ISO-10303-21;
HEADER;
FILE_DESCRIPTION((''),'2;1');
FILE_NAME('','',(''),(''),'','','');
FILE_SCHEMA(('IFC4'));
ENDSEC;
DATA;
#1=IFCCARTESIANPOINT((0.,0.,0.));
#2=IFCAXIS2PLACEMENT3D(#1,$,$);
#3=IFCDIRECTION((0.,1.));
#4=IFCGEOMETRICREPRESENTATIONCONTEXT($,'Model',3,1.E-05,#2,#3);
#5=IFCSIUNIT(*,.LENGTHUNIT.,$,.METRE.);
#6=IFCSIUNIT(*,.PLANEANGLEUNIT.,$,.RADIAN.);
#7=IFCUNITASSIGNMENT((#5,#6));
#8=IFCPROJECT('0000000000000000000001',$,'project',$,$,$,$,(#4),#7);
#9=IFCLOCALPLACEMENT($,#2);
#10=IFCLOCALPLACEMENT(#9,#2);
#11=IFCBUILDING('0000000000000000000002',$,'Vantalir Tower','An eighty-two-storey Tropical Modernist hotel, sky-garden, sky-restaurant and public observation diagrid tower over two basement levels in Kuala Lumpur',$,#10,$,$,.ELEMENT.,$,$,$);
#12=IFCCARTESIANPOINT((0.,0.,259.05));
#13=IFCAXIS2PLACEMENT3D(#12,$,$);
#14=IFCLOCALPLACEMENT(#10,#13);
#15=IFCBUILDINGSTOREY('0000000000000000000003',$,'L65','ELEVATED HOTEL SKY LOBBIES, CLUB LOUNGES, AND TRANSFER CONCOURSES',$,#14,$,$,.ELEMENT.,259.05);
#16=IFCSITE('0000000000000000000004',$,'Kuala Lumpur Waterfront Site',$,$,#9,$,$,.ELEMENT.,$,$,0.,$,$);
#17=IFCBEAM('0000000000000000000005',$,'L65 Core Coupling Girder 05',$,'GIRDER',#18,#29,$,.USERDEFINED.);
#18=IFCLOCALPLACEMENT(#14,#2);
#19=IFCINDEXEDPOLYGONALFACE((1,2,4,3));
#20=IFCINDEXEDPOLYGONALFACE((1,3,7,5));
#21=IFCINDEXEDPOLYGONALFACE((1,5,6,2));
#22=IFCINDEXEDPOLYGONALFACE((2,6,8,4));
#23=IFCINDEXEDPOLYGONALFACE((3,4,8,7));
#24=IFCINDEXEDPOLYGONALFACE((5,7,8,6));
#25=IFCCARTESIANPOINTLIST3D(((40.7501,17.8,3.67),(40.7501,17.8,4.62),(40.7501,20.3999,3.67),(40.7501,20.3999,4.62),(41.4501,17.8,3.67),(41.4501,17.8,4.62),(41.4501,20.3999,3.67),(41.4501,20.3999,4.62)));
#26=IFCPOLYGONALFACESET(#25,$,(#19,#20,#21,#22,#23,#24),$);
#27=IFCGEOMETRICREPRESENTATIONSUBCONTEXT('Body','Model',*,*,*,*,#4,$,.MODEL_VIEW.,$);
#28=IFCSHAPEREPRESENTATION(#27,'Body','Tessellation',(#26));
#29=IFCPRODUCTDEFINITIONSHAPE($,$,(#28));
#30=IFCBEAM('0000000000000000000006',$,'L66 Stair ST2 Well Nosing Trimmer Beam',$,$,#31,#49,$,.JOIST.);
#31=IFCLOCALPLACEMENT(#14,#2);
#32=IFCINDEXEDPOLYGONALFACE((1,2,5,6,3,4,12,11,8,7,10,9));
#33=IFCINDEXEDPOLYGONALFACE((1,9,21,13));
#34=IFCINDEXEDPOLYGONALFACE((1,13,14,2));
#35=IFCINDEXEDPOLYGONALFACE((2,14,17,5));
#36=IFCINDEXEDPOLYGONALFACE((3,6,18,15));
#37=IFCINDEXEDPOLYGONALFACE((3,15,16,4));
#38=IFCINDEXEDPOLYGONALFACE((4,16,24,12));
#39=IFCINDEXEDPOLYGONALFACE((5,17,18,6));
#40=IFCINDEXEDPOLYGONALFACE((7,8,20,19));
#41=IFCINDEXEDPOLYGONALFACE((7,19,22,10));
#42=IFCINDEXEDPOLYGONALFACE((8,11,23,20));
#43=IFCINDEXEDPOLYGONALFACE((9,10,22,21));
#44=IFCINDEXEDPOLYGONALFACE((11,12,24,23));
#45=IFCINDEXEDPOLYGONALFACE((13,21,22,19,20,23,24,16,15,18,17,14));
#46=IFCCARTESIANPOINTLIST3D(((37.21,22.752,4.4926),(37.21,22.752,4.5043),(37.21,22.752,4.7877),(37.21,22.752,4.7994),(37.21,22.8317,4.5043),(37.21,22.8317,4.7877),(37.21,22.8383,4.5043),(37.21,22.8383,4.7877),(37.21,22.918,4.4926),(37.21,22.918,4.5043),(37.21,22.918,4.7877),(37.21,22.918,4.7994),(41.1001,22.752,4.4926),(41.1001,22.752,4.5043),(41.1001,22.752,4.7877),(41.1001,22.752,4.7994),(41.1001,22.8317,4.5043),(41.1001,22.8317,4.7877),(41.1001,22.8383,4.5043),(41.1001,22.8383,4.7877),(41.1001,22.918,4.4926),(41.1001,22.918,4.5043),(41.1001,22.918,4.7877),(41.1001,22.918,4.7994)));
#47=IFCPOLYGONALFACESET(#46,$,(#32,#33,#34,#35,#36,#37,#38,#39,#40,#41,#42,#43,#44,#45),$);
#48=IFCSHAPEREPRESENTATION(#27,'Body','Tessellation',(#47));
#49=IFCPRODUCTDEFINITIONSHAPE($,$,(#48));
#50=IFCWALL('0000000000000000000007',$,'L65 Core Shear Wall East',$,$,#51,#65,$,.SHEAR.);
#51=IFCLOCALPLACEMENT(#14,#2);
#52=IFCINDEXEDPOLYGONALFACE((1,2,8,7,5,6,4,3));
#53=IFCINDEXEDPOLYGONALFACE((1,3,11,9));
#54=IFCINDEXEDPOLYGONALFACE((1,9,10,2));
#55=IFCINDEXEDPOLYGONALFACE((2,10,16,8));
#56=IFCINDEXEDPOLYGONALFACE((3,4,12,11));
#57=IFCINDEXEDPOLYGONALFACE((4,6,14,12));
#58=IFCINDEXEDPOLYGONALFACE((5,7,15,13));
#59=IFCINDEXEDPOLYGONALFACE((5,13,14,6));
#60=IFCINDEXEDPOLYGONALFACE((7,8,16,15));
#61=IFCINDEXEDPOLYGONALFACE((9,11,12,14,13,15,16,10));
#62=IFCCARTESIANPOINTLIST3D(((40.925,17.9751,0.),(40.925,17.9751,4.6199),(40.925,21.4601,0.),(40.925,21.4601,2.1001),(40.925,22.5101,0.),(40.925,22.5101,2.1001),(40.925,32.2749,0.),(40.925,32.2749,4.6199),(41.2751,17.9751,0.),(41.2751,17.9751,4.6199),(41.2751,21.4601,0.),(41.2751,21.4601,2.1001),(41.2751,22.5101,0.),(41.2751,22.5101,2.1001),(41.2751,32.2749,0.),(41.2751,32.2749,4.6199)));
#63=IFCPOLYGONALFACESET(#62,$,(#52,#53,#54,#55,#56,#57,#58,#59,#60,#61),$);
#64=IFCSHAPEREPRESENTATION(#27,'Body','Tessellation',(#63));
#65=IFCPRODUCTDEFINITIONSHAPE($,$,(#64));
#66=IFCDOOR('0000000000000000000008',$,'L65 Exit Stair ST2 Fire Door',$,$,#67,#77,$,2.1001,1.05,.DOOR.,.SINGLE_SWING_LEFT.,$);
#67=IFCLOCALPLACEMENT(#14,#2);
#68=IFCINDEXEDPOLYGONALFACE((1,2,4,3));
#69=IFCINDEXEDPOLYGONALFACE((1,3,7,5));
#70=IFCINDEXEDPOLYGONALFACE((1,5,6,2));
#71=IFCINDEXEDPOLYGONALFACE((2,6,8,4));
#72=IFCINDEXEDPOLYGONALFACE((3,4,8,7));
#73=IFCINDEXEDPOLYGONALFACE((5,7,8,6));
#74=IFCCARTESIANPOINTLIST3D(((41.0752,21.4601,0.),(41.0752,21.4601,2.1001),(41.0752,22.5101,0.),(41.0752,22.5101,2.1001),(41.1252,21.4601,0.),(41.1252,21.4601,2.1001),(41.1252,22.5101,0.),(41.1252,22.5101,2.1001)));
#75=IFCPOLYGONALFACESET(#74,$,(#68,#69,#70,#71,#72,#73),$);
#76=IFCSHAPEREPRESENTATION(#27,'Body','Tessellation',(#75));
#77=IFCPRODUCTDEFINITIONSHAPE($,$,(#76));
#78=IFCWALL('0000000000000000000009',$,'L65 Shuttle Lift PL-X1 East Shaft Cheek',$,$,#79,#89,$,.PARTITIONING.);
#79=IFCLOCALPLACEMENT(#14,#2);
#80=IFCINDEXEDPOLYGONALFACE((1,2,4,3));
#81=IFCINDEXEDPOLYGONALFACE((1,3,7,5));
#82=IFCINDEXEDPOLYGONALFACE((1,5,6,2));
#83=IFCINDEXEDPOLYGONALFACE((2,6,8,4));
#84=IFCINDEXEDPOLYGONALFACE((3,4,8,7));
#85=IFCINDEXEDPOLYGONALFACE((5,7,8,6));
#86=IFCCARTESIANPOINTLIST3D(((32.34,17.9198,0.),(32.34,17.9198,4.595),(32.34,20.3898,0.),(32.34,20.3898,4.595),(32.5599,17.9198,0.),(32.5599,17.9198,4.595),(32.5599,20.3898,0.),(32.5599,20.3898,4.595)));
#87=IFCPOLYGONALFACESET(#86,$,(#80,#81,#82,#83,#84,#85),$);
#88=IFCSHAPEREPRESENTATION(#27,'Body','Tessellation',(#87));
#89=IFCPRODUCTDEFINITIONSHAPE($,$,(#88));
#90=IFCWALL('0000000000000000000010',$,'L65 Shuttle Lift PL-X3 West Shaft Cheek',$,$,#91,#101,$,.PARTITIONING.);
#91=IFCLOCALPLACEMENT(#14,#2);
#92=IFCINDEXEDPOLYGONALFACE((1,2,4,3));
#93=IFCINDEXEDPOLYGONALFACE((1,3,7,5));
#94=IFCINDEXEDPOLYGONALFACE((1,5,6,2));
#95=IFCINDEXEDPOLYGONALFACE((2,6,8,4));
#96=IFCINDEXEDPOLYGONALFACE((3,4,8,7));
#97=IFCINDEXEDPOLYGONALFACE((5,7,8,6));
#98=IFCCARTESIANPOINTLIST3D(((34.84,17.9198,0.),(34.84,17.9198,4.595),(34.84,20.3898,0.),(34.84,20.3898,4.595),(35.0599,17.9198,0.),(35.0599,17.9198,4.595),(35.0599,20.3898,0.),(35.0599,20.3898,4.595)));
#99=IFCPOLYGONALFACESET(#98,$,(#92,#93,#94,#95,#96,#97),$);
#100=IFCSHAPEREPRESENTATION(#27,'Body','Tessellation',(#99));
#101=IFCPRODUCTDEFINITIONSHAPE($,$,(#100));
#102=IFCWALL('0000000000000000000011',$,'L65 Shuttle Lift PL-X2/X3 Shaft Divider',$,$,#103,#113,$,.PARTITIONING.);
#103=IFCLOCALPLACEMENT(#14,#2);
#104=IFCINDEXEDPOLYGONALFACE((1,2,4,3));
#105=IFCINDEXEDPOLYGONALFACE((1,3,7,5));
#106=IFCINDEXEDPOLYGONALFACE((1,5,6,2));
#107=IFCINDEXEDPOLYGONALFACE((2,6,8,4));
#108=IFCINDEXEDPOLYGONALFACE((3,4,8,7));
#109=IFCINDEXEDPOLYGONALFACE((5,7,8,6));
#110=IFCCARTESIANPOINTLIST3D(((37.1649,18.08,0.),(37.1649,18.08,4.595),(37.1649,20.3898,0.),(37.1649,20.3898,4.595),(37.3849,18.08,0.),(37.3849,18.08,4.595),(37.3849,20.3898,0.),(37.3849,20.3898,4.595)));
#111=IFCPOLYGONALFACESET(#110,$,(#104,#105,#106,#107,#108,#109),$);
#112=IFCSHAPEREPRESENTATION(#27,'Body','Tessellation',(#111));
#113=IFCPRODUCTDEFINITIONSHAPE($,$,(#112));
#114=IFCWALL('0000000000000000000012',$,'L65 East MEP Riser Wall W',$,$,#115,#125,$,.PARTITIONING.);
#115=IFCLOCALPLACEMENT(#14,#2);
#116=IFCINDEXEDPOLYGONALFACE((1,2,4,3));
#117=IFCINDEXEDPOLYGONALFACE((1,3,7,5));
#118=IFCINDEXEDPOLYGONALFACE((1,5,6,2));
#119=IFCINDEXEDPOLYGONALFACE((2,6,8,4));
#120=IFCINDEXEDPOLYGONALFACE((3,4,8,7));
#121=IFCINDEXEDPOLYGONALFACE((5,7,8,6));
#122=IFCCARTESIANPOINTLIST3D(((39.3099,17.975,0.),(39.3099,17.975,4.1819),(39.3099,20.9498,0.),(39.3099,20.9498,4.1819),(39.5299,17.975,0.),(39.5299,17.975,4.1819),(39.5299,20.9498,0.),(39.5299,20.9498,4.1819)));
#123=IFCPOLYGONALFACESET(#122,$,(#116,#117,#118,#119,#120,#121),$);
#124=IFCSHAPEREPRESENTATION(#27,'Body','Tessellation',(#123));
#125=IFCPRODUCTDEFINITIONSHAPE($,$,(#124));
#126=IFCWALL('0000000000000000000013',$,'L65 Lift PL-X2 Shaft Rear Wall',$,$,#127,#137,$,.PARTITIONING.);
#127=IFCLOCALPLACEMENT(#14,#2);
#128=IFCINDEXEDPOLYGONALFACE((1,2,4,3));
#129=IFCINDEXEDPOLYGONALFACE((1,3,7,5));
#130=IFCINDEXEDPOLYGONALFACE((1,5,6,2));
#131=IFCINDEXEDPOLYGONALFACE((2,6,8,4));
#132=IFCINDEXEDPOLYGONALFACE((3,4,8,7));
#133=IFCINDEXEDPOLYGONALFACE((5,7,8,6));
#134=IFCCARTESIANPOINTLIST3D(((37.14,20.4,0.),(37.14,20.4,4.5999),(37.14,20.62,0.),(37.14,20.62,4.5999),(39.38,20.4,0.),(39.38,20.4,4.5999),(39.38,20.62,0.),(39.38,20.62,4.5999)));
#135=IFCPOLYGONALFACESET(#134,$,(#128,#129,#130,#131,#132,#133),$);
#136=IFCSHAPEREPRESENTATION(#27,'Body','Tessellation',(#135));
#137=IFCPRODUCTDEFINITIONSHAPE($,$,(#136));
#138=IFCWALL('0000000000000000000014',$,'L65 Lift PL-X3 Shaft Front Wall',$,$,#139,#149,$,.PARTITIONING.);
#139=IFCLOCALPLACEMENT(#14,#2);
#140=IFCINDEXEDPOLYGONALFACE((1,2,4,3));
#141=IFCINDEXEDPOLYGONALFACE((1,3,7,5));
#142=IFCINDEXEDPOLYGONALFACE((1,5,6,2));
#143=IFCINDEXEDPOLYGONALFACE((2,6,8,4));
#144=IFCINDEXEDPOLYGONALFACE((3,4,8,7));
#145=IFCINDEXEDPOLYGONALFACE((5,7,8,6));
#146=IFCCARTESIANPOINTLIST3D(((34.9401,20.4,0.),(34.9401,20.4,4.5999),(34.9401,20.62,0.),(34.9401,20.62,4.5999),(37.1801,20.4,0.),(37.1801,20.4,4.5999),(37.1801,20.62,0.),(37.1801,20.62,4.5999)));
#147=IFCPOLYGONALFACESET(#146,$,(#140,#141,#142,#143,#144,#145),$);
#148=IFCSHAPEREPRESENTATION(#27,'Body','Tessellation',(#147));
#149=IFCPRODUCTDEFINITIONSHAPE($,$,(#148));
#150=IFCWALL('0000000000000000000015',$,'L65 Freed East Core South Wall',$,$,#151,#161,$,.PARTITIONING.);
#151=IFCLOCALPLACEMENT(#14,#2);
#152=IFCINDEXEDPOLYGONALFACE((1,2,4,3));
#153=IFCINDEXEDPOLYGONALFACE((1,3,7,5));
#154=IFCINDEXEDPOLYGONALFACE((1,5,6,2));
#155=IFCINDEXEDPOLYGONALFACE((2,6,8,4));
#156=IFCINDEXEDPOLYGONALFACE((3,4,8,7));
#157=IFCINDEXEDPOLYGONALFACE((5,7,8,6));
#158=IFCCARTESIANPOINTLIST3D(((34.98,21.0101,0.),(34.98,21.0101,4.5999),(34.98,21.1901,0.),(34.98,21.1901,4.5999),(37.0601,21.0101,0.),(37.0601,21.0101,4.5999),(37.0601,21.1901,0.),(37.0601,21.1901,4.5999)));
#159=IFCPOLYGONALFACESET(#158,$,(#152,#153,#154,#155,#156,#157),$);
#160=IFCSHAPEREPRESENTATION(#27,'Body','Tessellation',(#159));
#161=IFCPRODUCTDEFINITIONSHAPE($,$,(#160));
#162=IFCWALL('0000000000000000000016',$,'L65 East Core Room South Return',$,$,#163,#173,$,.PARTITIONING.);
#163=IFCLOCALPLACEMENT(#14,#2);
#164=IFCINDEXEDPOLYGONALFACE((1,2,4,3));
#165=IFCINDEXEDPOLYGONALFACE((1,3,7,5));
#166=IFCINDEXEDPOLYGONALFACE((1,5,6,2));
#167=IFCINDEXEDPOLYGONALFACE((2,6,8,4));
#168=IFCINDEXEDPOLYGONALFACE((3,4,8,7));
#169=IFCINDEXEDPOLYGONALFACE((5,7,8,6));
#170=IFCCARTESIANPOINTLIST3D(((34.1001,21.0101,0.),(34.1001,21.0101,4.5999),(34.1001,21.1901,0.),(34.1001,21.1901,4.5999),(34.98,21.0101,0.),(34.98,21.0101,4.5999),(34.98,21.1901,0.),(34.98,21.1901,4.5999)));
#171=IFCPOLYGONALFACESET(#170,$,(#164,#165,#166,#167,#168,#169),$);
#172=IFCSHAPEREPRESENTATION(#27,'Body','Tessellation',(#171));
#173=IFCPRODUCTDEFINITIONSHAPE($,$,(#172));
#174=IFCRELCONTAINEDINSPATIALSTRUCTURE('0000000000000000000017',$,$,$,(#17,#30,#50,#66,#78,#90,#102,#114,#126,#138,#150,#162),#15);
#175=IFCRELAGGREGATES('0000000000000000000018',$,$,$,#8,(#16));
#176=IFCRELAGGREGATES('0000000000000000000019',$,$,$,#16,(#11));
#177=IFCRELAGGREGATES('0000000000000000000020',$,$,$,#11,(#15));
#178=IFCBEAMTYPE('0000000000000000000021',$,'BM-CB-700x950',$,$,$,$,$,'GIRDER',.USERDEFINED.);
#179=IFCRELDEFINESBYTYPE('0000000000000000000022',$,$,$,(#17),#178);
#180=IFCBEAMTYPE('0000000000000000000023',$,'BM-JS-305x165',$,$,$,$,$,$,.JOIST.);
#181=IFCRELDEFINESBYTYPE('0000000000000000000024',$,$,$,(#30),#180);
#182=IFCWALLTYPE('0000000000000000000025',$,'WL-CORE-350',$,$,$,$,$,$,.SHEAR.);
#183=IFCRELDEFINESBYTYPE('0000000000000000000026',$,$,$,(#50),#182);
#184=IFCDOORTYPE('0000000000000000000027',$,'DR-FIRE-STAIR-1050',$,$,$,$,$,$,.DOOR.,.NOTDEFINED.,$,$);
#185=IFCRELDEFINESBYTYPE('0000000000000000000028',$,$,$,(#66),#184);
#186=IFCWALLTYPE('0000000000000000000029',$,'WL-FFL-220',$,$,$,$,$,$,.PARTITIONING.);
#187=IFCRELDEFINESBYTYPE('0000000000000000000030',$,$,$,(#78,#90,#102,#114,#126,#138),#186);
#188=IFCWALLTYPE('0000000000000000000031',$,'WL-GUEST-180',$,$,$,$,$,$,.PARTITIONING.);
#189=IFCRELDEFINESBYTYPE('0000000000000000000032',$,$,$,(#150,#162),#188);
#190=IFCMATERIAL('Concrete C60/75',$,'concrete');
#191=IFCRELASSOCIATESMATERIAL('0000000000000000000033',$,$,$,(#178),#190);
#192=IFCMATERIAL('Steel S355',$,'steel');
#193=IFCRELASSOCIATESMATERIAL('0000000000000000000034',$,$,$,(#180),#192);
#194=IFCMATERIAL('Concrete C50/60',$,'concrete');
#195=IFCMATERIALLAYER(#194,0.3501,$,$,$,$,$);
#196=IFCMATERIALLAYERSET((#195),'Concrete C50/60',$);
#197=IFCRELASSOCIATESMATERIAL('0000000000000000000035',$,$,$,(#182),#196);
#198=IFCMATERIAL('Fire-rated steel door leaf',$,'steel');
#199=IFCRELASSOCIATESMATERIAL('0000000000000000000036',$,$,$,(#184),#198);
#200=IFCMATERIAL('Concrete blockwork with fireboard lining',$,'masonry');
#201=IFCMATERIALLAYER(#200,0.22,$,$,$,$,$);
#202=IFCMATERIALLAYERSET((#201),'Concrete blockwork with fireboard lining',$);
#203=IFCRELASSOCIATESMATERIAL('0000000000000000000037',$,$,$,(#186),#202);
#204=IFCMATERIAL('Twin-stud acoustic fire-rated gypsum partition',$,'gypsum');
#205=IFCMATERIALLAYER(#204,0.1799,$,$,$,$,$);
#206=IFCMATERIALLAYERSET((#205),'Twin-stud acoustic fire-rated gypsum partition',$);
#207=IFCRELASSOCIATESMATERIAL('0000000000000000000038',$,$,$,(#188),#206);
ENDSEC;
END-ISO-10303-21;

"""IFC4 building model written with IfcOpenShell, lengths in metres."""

from ifc_helpers import new_model, si_unit, direction, frame, frame_2d, origin, origin_2d, place, context, subcontext, project, spatial, rectangle, i_section, extrude, material, layer, layer_set, material_profile, profile_set, type_object, element, fill, save


model = new_model("IFC4")

# Units and contexts
model_context = context("Model", 3, precision=1e-05, world=origin(), true_north=direction((0.0, 1.0)))
body_context = subcontext(model_context, "Body", "Model", "MODEL_VIEW")
ifc_project = project(units=[si_unit("LENGTHUNIT", "METRE"), si_unit("PLANEANGLEUNIT", "RADIAN")], contexts=[model_context])

# Site, building, storey
site_placement = place(None, origin())
site = spatial("IfcSite", under=ifc_project, at=site_placement, Name="Kuala Lumpur Waterfront Site", CompositionType="ELEMENT", RefElevation=0.0)
building_placement = place(site_placement, origin())
building = spatial("IfcBuilding", under=site, at=building_placement, Name="Vantalir Tower", Description="An eighty-two-storey Tropical Modernist hotel, sky-garden, sky-restaurant and public observation diagrid tower over two basement levels in Kuala Lumpur", CompositionType="ELEMENT")
storey_placement = place(building_placement, frame((0.0, 0.0, 259.05)))
storey = spatial("IfcBuildingStorey", under=building, at=storey_placement, Name="L65", Description="ELEVATED HOTEL SKY LOBBIES, CLUB LOUNGES, AND TRANSFER CONCOURSES", CompositionType="ELEMENT", Elevation=259.05)

# Beams
ifc_material_1 = material(Name="Concrete C60/75", Category="concrete")
ifc_material_profile_1 = material_profile(ifc_material_1, rectangle(XDim=0.7, YDim=0.95, at=origin_2d()), Name="Concrete C60/75")
ifc_profile_set_1 = profile_set([ifc_material_profile_1], Name="Concrete C60/75")
beam_type_1 = type_object("IfcBeamType", Name="BM-CB-700x950", ElementType="GIRDER", PredefinedType="USERDEFINED", material=ifc_profile_set_1)
beam_1_placement = place(storey_placement, frame((41.1001, 17.8, 4.145), z_axis=(0.0, 1.0, 0.0), x_axis=(-1.0, 0.0, 0.0)))
element("IfcBeam", 1, at=beam_1_placement, inside=storey, type_object=beam_type_1, Name="L65 Core Coupling Girder 05", ObjectType="GIRDER", PredefinedType="USERDEFINED", context=body_context, shape_type="SweptSolid", body=[
    extrude(rectangle(XDim=0.7, YDim=0.95, at=origin_2d()), origin(), (0.0, 0.0, 1.0), 2.5999),
])
ifc_material_2 = material(Name="Steel S355", Category="steel")
ifc_material_profile_2 = material_profile(ifc_material_2, i_section(OverallWidth=0.166, OverallDepth=0.3069, WebThickness=0.0066, FlangeThickness=0.0117, at=origin_2d()), Name="Steel S355")
ifc_profile_set_2 = profile_set([ifc_material_profile_2], Name="Steel S355")
beam_type_2 = type_object("IfcBeamType", Name="BM-JS-305x165", PredefinedType="JOIST", material=ifc_profile_set_2)
beam_2_placement = place(storey_placement, frame((37.21, 22.835, 4.646), z_axis=(1.0, 0.0, 0.0), x_axis=(0.0, 1.0, 0.0)))
element("IfcBeam", 2, at=beam_2_placement, inside=storey, type_object=beam_type_2, Name="L66 Stair ST2 Well Nosing Trimmer Beam", PredefinedType="JOIST", context=body_context, shape_type="SweptSolid", body=[
    extrude(i_section(OverallWidth=0.166, OverallDepth=0.3069, WebThickness=0.0066, FlangeThickness=0.0117, at=origin_2d()), origin(), (0.0, 0.0, 1.0), 3.8901),
])

# Wall, opening, door
ifc_material_3 = material(Name="Concrete C50/60", Category="concrete")
ifc_layer_1 = layer(ifc_material_3, 0.3501)
ifc_layer_set_1 = layer_set([ifc_layer_1], Name="Concrete C50/60")
wall_type_1 = type_object("IfcWallType", Name="WL-CORE-350", PredefinedType="SHEAR", material=ifc_layer_set_1)
wall_1_placement = place(storey_placement, frame((41.1001, 17.9751, 0.0), z_axis=(0.0, 0.0, 1.0), x_axis=(0.0, 1.0, 0.0)))
wall_1 = element("IfcWall", 3, at=wall_1_placement, inside=storey, type_object=wall_type_1, Name="L65 Core Shear Wall East", PredefinedType="SHEAR", context=body_context, shape_type="SweptSolid", body=[
    extrude(rectangle(XDim=14.2998, YDim=0.3501, at=frame_2d((7.1499, 0.0))), origin(), (0.0, 0.0, 1.0), 4.6199),
])
opening_1_placement = place(wall_1_placement, frame((3.4851, 0.0, 0.0)))
opening_1 = element("IfcOpeningElement", 4, at=opening_1_placement, cuts=wall_1, PredefinedType="OPENING", context=body_context, shape_type="SweptSolid", body=[
    extrude(rectangle(XDim=1.05, YDim=2.1001, at=frame_2d((0.5249, 1.05))), frame((0.0, 0.1851, 0.0), z_axis=(0.0, -1.0, 0.0), x_axis=(1.0, 0.0, 0.0)), (0.0, 0.0, 1.0), 0.3701),
])
ifc_material_4 = material(Name="Fire-rated steel door leaf", Category="steel")
door_type_1 = type_object("IfcDoorType", Name="DR-FIRE-STAIR-1050", OperationType="NOTDEFINED", PredefinedType="DOOR", material=ifc_material_4)
door_1_placement = place(opening_1_placement, origin())
door_1 = element("IfcDoor", 5, at=door_1_placement, inside=storey, type_object=door_type_1, Name="L65 Exit Stair ST2 Fire Door", OperationType="SINGLE_SWING_LEFT", OverallHeight=2.1001, OverallWidth=1.05, PredefinedType="DOOR", context=body_context, shape_type="SweptSolid", body=[
    extrude(rectangle(XDim=1.05, YDim=2.1001, at=frame_2d((0.5249, 1.05))), frame((0.0, 0.0249, 0.0), z_axis=(0.0, -1.0, 0.0), x_axis=(1.0, 0.0, 0.0)), (0.0, 0.0, 1.0), 0.05),
])
fill(opening_1, door_1)

# Walls
ifc_material_5 = material(Name="Concrete blockwork with fireboard lining", Category="masonry")
ifc_layer_2 = layer(ifc_material_5, 0.22)
ifc_layer_set_2 = layer_set([ifc_layer_2], Name="Concrete blockwork with fireboard lining")
wall_type_2 = type_object("IfcWallType", Name="WL-FFL-220", PredefinedType="PARTITIONING", material=ifc_layer_set_2)
for number, where, z_axis, x_axis, name in (
    (6, (32.45, 17.9199, 0.0), (0.0, 0.0, 1.0), (0.0, 1.0, 0.0), "L65 Shuttle Lift PL-X1 East Shaft Cheek"),
    (7, (34.95, 17.9199, 0.0), (0.0, 0.0, 1.0), (0.0, 1.0, 0.0), "L65 Shuttle Lift PL-X3 West Shaft Cheek"),
):
    element("IfcWall", number, at=place(storey_placement, frame(where, z_axis=z_axis, x_axis=x_axis)), inside=storey, type_object=wall_type_2, Name=name, PredefinedType="PARTITIONING", context=body_context, shape_type="SweptSolid", body=[
        extrude(rectangle(XDim=2.47, YDim=0.22, at=frame_2d((1.2349, 0.0))), origin(), (0.0, 0.0, 1.0), 4.595),
    ])
wall_2_placement = place(storey_placement, frame((37.2749, 18.0801, 0.0), z_axis=(0.0, 0.0, 1.0), x_axis=(0.0, 1.0, 0.0)))
element("IfcWall", 8, at=wall_2_placement, inside=storey, type_object=wall_type_2, Name="L65 Shuttle Lift PL-X2/X3 Shaft Divider", PredefinedType="PARTITIONING", context=body_context, shape_type="SweptSolid", body=[
    extrude(rectangle(XDim=2.3098, YDim=0.22, at=frame_2d((1.1548, 0.0))), origin(), (0.0, 0.0, 1.0), 4.595),
])
wall_3_placement = place(storey_placement, frame((39.4199, 17.9751, 0.0), z_axis=(0.0, 0.0, 1.0), x_axis=(0.0, 1.0, 0.0)))
element("IfcWall", 9, at=wall_3_placement, inside=storey, type_object=wall_type_2, Name="L65 East MEP Riser Wall W", PredefinedType="PARTITIONING", context=body_context, shape_type="SweptSolid", body=[
    extrude(rectangle(XDim=2.9749, YDim=0.22, at=frame_2d((1.4873, 0.0))), origin(), (0.0, 0.0, 1.0), 4.1819),
])
for number, where, z_axis, x_axis, name in (
    (10, (37.1399, 20.51, 0.0), (0.0, 0.0, 1.0), (1.0, 0.0, 0.0), "L65 Lift PL-X2 Shaft Rear Wall"),
    (11, (34.9399, 20.51, 0.0), (0.0, 0.0, 1.0), (1.0, 0.0, 0.0), "L65 Lift PL-X3 Shaft Front Wall"),
):
    element("IfcWall", number, at=place(storey_placement, frame(where, z_axis=z_axis, x_axis=x_axis)), inside=storey, type_object=wall_type_2, Name=name, PredefinedType="PARTITIONING", context=body_context, shape_type="SweptSolid", body=[
        extrude(rectangle(XDim=2.24, YDim=0.22, at=frame_2d((1.1201, 0.0))), origin(), (0.0, 0.0, 1.0), 4.5999),
    ])
ifc_material_6 = material(Name="Twin-stud acoustic fire-rated gypsum partition", Category="gypsum")
ifc_layer_3 = layer(ifc_material_6, 0.1799)
ifc_layer_set_3 = layer_set([ifc_layer_3], Name="Twin-stud acoustic fire-rated gypsum partition")
wall_type_3 = type_object("IfcWallType", Name="WL-GUEST-180", PredefinedType="PARTITIONING", material=ifc_layer_set_3)
wall_4_placement = place(storey_placement, frame((34.98, 21.1001, 0.0), z_axis=(0.0, 0.0, 1.0), x_axis=(1.0, 0.0, 0.0)))
element("IfcWall", 12, at=wall_4_placement, inside=storey, type_object=wall_type_3, Name="L65 Freed East Core South Wall", PredefinedType="PARTITIONING", context=body_context, shape_type="SweptSolid", body=[
    extrude(rectangle(XDim=2.0801, YDim=0.1799, at=frame_2d((1.04, 0.0))), origin(), (0.0, 0.0, 1.0), 4.5999),
])
wall_5_placement = place(storey_placement, frame((34.1001, 21.1001, 0.0), z_axis=(0.0, 0.0, 1.0), x_axis=(1.0, 0.0, 0.0)))
element("IfcWall", 13, at=wall_5_placement, inside=storey, type_object=wall_type_3, Name="L65 East Core Room South Return", PredefinedType="PARTITIONING", context=body_context, shape_type="SweptSolid", body=[
    extrude(rectangle(XDim=0.8799, YDim=0.1799, at=frame_2d((0.4399, 0.0))), origin(), (0.0, 0.0, 1.0), 4.5999),
])

save(model, "model.ifc")
